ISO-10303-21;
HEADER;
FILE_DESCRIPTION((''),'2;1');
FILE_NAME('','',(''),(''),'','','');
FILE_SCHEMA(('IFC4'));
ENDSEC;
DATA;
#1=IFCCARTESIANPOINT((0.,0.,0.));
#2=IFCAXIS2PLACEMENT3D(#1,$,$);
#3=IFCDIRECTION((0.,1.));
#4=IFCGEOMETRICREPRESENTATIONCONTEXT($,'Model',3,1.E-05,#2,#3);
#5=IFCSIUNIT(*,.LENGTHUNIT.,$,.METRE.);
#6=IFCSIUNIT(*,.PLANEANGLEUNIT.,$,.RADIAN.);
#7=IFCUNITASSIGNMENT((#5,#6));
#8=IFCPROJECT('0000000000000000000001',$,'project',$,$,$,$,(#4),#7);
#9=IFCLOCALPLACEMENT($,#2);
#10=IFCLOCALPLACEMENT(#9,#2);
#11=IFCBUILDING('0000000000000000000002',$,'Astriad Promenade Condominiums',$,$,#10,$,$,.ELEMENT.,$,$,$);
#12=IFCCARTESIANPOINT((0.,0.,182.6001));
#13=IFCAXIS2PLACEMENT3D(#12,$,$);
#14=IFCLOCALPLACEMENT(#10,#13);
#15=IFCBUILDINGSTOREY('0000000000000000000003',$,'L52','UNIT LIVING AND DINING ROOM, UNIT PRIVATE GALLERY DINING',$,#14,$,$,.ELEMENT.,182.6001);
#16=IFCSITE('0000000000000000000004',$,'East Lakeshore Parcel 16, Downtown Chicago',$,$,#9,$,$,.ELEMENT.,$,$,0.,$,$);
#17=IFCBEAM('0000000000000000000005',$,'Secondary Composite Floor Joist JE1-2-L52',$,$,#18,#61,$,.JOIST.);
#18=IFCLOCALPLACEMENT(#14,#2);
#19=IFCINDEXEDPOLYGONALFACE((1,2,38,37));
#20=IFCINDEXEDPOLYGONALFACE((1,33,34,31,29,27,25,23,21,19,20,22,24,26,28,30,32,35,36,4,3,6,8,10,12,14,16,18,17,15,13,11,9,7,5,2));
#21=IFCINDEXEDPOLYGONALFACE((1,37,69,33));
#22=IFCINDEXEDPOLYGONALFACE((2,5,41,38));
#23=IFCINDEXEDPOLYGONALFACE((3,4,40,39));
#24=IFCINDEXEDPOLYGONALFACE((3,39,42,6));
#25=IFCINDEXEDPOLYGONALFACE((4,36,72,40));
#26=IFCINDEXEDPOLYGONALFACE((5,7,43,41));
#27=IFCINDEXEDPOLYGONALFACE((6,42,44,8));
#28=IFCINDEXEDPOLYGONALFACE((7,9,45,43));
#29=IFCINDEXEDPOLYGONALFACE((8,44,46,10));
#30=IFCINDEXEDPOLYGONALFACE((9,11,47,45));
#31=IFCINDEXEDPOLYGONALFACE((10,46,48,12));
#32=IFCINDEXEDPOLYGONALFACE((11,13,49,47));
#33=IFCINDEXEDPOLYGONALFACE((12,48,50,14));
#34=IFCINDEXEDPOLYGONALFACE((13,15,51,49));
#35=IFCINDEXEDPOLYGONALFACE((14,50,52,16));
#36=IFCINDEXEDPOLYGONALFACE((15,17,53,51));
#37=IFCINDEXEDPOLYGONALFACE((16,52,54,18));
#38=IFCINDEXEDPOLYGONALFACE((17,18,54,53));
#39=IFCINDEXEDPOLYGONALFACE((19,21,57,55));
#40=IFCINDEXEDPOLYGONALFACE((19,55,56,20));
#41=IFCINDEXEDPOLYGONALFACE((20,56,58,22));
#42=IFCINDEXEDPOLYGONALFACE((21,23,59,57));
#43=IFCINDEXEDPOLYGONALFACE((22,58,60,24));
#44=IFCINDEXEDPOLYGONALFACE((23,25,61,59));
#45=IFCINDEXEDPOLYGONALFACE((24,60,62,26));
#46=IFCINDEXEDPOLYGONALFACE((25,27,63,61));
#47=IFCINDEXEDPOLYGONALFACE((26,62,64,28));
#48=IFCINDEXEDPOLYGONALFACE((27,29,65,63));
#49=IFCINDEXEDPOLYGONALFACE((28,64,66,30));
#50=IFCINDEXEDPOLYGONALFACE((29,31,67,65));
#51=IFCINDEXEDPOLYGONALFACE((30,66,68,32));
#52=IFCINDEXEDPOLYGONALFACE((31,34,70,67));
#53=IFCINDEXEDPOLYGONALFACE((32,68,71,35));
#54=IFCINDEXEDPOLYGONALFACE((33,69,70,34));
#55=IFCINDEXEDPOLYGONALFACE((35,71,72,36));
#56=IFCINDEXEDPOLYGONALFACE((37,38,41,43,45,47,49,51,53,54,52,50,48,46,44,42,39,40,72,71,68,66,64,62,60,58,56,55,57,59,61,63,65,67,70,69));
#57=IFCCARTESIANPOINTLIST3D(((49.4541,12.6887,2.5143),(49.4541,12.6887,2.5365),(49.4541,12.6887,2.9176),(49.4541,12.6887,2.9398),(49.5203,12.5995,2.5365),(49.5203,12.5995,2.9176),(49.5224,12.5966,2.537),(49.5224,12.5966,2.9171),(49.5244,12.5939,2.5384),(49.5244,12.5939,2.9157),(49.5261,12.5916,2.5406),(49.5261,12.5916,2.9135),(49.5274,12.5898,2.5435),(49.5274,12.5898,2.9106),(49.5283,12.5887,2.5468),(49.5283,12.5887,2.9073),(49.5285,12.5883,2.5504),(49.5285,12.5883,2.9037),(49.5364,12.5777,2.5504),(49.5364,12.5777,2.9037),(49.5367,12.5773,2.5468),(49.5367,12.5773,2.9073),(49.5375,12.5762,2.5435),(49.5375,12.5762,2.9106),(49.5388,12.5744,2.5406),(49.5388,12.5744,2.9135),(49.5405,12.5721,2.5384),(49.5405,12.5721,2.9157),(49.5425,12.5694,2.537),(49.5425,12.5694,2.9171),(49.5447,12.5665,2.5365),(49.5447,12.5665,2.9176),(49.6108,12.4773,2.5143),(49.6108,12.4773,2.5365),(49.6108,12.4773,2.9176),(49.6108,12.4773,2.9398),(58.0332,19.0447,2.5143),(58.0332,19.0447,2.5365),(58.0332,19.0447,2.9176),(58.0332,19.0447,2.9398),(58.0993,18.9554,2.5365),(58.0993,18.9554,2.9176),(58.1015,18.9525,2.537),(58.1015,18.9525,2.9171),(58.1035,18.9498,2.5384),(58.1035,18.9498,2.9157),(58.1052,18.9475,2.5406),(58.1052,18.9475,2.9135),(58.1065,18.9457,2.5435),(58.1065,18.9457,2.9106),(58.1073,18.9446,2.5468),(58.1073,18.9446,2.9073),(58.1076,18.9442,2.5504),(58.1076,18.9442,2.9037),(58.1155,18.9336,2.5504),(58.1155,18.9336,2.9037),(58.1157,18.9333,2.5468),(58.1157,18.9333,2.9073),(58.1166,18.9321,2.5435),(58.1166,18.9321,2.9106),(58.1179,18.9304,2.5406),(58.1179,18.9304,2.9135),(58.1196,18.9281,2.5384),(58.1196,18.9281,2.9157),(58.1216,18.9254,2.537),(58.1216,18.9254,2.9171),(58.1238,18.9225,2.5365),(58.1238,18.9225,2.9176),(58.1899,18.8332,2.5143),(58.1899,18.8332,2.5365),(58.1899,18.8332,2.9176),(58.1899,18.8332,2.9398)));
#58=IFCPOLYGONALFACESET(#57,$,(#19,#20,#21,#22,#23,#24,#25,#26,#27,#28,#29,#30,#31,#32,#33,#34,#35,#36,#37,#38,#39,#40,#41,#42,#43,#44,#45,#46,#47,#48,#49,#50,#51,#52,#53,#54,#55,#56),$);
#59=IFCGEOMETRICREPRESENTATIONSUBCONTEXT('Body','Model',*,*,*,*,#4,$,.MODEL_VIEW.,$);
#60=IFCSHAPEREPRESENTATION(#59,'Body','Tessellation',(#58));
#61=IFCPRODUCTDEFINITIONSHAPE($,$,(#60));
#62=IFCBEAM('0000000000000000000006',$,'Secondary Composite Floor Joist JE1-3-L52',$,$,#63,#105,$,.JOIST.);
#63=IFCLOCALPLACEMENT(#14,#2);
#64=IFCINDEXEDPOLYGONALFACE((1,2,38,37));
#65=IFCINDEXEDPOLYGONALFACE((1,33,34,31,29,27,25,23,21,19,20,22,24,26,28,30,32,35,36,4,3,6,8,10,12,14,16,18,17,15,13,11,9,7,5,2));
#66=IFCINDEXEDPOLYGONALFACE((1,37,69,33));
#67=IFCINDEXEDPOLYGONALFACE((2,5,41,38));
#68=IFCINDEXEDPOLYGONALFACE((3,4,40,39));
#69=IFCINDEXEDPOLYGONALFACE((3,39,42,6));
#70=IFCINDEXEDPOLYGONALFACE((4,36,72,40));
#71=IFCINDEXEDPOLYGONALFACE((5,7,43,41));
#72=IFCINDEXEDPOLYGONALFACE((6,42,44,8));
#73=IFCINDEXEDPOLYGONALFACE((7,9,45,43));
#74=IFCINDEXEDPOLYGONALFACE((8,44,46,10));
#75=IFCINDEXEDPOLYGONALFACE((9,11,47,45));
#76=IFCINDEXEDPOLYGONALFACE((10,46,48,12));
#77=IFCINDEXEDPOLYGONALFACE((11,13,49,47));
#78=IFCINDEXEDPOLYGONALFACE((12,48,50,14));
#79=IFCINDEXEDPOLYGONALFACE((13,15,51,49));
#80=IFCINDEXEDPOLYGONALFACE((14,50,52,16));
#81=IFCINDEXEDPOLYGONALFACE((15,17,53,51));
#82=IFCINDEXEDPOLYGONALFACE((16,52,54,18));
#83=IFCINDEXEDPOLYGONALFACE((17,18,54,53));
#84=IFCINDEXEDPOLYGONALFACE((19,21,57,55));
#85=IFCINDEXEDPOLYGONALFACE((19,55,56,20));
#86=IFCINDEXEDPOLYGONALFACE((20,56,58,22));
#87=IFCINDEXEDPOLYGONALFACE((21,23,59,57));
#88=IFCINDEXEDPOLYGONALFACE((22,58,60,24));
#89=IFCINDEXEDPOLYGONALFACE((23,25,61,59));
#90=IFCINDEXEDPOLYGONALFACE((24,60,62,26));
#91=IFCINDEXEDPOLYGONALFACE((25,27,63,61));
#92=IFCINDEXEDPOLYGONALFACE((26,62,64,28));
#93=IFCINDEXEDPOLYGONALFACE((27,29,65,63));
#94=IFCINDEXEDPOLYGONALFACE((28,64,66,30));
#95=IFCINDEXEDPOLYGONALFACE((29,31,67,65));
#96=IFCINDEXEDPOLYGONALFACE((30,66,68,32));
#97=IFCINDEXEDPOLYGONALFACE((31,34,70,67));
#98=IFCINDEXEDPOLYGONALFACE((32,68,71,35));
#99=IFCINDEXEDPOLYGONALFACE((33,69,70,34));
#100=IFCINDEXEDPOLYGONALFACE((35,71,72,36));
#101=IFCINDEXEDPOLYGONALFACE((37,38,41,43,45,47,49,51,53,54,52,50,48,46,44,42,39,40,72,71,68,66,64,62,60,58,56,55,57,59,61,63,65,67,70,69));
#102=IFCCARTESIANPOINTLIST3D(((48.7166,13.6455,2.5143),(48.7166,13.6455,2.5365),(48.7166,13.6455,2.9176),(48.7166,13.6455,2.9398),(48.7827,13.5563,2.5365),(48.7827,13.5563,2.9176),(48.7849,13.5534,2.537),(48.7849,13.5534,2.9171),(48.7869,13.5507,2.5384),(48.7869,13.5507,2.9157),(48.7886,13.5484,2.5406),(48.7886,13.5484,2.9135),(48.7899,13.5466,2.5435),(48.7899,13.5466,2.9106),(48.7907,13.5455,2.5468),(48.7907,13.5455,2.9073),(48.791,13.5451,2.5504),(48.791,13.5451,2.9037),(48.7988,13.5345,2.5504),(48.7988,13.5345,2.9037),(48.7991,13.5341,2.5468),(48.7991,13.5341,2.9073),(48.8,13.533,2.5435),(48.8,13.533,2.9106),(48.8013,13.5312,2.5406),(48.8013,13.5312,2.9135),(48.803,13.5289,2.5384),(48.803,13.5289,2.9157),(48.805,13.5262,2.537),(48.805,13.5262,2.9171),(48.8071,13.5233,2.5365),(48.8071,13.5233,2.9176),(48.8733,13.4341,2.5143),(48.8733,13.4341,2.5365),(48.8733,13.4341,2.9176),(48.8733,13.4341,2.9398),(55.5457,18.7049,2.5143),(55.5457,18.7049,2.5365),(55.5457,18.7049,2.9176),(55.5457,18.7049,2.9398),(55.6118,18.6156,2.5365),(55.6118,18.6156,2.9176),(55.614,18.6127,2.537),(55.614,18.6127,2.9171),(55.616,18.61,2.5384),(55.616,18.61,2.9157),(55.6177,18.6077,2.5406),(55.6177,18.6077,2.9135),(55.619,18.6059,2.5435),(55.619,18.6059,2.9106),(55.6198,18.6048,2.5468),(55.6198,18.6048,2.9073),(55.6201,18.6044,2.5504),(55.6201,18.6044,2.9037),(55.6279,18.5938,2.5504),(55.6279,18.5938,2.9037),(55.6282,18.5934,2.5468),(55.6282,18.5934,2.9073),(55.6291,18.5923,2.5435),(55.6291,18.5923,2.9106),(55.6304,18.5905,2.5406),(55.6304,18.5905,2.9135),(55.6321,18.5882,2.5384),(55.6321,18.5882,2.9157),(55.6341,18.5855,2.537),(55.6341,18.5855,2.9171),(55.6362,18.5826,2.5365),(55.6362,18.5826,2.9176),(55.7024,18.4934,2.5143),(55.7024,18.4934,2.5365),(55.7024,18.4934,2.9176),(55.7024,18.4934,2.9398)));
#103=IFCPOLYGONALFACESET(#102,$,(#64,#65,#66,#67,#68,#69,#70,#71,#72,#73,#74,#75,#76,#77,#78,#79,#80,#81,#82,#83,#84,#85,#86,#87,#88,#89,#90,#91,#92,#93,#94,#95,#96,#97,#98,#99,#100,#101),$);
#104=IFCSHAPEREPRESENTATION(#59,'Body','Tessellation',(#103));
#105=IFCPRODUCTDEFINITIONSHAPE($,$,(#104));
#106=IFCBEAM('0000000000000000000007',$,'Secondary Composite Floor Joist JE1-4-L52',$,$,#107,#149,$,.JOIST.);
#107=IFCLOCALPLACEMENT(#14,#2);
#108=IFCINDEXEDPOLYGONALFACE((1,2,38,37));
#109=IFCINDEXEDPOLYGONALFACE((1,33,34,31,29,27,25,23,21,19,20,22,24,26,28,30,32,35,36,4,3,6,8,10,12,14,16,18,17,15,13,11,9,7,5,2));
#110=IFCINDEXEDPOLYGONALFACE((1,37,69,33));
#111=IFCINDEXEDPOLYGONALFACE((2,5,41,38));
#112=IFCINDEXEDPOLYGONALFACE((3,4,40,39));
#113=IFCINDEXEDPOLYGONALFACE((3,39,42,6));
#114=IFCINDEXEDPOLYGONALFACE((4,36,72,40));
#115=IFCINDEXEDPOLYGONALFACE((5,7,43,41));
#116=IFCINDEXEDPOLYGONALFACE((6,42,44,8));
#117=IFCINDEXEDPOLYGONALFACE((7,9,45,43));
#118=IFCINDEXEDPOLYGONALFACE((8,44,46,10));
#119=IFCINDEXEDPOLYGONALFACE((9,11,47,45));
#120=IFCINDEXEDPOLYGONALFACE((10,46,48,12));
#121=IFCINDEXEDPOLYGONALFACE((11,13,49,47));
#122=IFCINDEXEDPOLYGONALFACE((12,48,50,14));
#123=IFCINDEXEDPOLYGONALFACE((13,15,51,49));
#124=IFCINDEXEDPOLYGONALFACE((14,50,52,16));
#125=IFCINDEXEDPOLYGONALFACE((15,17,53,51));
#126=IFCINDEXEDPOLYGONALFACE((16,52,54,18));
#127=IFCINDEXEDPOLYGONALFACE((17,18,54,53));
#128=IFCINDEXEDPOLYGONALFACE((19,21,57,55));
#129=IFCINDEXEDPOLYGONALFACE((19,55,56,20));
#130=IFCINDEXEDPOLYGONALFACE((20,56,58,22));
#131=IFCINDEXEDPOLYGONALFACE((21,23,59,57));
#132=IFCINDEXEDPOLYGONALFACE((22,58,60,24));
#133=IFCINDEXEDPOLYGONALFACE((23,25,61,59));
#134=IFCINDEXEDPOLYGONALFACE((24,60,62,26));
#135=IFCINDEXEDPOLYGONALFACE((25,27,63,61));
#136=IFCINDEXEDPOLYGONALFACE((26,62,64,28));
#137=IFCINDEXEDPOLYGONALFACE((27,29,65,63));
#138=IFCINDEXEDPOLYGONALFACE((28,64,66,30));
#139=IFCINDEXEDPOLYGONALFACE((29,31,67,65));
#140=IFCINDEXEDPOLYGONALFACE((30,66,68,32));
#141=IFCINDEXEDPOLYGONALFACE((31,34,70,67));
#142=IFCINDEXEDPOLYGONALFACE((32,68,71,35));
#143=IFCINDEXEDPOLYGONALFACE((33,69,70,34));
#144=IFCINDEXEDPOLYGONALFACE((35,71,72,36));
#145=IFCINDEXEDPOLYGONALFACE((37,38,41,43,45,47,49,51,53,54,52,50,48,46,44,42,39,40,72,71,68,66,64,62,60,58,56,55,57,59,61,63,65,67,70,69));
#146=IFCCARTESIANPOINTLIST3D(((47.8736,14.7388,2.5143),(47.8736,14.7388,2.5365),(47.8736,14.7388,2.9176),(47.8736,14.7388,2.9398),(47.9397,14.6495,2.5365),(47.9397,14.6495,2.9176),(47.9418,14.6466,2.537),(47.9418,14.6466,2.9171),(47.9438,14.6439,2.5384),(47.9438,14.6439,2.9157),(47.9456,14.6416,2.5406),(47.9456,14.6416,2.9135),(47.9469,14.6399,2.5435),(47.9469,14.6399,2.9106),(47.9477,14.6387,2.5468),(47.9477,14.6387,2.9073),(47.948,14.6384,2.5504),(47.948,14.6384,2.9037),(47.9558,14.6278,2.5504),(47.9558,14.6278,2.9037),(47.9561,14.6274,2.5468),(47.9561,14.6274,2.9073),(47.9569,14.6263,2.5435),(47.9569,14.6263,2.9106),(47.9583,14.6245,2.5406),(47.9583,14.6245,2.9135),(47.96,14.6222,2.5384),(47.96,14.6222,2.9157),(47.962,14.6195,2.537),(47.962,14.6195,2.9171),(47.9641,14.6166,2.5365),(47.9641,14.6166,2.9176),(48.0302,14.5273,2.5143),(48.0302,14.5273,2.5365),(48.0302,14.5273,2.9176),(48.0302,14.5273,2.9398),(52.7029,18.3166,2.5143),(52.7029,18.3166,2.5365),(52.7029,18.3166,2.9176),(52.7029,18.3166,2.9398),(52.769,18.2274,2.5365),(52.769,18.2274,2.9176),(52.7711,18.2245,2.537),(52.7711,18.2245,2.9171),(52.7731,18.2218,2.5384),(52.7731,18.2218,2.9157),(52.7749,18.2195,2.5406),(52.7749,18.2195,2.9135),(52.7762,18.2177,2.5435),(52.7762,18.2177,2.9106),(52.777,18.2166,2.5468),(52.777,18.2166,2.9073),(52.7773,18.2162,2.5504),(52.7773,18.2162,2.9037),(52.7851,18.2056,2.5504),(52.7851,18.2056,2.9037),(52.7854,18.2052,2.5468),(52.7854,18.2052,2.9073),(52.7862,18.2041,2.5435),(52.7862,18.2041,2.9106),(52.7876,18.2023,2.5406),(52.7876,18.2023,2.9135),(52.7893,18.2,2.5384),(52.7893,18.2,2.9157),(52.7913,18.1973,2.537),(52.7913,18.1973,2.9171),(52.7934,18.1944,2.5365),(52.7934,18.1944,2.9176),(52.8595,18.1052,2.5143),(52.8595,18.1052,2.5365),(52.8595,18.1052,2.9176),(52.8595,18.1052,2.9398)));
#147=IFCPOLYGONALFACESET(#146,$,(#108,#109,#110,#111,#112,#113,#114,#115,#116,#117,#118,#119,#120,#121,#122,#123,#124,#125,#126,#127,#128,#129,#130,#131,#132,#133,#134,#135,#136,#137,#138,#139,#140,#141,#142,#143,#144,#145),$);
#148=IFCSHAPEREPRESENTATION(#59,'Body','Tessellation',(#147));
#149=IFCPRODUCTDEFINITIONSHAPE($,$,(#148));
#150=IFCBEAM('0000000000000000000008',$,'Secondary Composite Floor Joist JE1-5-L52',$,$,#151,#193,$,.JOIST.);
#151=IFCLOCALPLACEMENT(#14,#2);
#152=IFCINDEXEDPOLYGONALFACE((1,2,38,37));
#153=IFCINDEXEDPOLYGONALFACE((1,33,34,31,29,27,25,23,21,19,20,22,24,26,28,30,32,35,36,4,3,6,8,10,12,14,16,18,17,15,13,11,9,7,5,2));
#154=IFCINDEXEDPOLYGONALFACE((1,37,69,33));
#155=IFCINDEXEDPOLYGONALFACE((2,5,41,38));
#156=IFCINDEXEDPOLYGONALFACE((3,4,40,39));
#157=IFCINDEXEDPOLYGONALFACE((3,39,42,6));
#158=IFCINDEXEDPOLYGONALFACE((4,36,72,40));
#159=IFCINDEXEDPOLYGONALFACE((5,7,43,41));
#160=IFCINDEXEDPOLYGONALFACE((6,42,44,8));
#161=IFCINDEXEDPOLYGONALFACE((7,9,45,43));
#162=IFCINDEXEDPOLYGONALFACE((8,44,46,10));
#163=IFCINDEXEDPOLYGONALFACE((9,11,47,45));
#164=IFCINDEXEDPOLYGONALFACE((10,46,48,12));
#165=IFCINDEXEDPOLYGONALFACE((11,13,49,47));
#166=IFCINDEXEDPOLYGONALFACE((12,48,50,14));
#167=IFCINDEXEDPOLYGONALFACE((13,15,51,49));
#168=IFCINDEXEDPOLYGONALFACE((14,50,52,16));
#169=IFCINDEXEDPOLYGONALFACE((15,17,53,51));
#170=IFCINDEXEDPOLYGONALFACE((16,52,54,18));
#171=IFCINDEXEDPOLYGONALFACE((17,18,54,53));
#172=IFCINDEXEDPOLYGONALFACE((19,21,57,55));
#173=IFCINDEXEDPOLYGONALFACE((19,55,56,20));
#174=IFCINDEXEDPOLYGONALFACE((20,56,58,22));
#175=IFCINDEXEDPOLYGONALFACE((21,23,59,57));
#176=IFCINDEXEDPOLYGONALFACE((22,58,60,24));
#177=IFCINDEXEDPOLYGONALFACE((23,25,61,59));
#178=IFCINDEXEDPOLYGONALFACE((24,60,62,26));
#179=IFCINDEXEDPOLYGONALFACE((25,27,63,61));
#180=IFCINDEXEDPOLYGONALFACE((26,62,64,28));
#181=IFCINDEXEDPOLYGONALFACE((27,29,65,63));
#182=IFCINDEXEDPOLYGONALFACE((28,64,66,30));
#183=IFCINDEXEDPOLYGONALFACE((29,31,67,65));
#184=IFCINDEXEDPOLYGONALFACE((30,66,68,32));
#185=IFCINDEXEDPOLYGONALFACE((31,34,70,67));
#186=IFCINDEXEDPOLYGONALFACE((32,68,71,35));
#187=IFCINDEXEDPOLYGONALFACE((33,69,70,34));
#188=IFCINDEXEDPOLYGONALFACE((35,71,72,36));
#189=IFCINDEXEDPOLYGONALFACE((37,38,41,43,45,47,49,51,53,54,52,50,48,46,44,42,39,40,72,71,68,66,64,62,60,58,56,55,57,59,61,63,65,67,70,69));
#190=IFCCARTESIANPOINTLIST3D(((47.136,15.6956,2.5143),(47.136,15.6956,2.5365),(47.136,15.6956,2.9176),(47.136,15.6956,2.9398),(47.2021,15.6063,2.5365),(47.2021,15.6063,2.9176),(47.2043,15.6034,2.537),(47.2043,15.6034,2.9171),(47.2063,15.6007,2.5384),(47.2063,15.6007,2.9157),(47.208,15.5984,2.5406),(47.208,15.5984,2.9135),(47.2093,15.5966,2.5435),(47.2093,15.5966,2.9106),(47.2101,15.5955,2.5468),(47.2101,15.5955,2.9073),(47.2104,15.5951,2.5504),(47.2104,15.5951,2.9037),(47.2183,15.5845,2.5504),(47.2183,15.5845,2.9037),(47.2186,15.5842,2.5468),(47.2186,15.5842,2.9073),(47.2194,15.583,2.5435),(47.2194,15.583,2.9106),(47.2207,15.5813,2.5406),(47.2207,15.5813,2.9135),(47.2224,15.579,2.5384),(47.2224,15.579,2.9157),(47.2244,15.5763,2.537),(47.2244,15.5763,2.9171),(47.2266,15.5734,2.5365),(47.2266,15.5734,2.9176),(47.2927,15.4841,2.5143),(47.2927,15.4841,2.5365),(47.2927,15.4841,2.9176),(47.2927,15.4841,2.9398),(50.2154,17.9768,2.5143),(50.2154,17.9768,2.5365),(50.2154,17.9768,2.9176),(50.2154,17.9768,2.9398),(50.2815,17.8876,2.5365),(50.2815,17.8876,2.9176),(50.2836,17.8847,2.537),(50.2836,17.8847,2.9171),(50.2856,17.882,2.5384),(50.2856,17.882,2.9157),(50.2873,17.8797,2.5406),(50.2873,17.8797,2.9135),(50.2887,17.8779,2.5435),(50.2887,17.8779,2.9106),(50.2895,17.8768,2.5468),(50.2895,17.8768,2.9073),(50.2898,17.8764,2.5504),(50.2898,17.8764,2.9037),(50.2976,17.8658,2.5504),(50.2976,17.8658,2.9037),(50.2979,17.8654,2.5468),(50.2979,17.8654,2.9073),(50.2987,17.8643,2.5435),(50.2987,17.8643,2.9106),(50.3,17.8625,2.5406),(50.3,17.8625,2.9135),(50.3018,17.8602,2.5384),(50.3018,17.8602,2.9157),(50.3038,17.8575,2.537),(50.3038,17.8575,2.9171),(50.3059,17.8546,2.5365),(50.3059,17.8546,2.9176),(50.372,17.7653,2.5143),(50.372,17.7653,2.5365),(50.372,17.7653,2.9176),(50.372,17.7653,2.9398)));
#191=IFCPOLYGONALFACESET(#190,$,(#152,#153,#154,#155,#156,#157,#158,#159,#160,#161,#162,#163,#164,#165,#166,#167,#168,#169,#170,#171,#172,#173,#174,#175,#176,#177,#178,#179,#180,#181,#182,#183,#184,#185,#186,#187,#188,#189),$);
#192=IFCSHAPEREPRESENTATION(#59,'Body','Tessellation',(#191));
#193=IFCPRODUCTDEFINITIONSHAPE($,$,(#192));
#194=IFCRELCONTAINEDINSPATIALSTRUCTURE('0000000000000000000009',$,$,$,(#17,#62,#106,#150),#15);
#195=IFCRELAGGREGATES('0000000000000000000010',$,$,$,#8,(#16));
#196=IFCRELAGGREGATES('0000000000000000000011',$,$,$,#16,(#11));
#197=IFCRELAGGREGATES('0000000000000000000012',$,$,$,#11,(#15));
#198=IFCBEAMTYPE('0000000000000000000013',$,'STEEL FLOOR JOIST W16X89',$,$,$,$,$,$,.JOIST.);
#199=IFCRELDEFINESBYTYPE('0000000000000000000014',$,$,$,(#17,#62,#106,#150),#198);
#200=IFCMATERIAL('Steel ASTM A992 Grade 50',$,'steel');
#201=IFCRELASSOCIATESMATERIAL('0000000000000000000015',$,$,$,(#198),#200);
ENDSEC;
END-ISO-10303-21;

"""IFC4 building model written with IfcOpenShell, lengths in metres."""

from ifc_helpers import new_model, si_unit, direction, frame, origin, origin_2d, place, context, subcontext, project, spatial, i_section, extrude, source, transform, mapped, material, material_profile, profile_set, type_object, element, save


model = new_model("IFC4")

# Units and contexts
model_context = context("Model", 3, precision=1e-05, world=origin(), true_north=direction((0.0, 1.0)))
body_context = subcontext(model_context, "Body", "Model", "MODEL_VIEW")
ifc_project = project(units=[si_unit("LENGTHUNIT", "METRE"), si_unit("PLANEANGLEUNIT", "RADIAN")], contexts=[model_context])

# Site, building, storey
site_placement = place(None, origin())
site = spatial("IfcSite", under=ifc_project, at=site_placement, Name="East Lakeshore Parcel 16, Downtown Chicago", CompositionType="ELEMENT", RefElevation=0.0)
building_placement = place(site_placement, origin())
building = spatial("IfcBuilding", under=site, at=building_placement, Name="Astriad Promenade Condominiums", CompositionType="ELEMENT")
storey_placement = place(building_placement, frame((0.0, 0.0, 182.6001)))
storey = spatial("IfcBuildingStorey", under=building, at=storey_placement, Name="L52", Description="UNIT LIVING AND DINING ROOM, UNIT PRIVATE GALLERY DINING", CompositionType="ELEMENT", Elevation=182.6001)

# Beams
ifc_material_1 = material(Name="Steel ASTM A992 Grade 50", Category="steel")
ifc_material_profile_1 = material_profile(ifc_material_1, i_section(OverallWidth=0.2632, OverallDepth=0.4255, WebThickness=0.0132, FlangeThickness=0.0222, FilletRadius=0.0139, at=origin_2d()), Name="W16X89")
ifc_profile_set_1 = profile_set([ifc_material_profile_1], Name="Steel ASTM A992 Grade 50")
beam_type_1 = type_object("IfcBeamType", Name="STEEL FLOOR JOIST W16X89", PredefinedType="JOIST", material=ifc_profile_set_1)
shared_shape_1 = source(origin(), body_context, "Body", "SweptSolid", [
    extrude(i_section(OverallWidth=0.2632, OverallDepth=0.4255, WebThickness=0.0132, FlangeThickness=0.0222, FilletRadius=0.0139, at=origin_2d()), origin(), (0.0, 0.0, 1.0), 10.677),
])
beam_1_placement = place(storey_placement, frame((49.5325, 12.583, 2.7271), z_axis=(0.803509, 0.595292, 0.0), x_axis=(-0.595292, 0.803509, 0.0)))
element("IfcBeam", 1, at=beam_1_placement, inside=storey, type_object=beam_type_1, Name="Secondary Composite Floor Joist JE1-2-L52", PredefinedType="JOIST", context=body_context, shape_type="MappedRepresentation", body=[
    mapped(shared_shape_1, transform((0.0, 0.0, 0.0), scale=1.0)),
])
shared_shape_2 = source(origin(), body_context, "Body", "SweptSolid", [
    extrude(i_section(OverallWidth=0.2632, OverallDepth=0.4255, WebThickness=0.0132, FlangeThickness=0.0222, FilletRadius=0.0139, at=origin_2d()), origin(), (0.0, 0.0, 1.0), 8.499),
])
beam_2_placement = place(storey_placement, frame((48.7949, 13.5398, 2.7271), z_axis=(0.803516, 0.595283, 0.0), x_axis=(-0.595283, 0.803516, 0.0)))
element("IfcBeam", 2, at=beam_2_placement, inside=storey, type_object=beam_type_1, Name="Secondary Composite Floor Joist JE1-3-L52", PredefinedType="JOIST", context=body_context, shape_type="MappedRepresentation", body=[
    mapped(shared_shape_2, transform((0.0, 0.0, 0.0), scale=1.0)),
])
shared_shape_3 = source(origin(), body_context, "Body", "SweptSolid", [
    extrude(i_section(OverallWidth=0.2632, OverallDepth=0.4255, WebThickness=0.0132, FlangeThickness=0.0222, FilletRadius=0.0139, at=origin_2d()), origin(), (0.0, 0.0, 1.0), 6.0103),
])
beam_3_placement = place(storey_placement, frame((47.9519, 14.6331, 2.7271), z_axis=(0.80351, 0.595291, 0.0), x_axis=(-0.595291, 0.80351, 0.0)))
element("IfcBeam", 3, at=beam_3_placement, inside=storey, type_object=beam_type_1, Name="Secondary Composite Floor Joist JE1-4-L52", PredefinedType="JOIST", context=body_context, shape_type="MappedRepresentation", body=[
    mapped(shared_shape_3, transform((0.0, 0.0, 0.0), scale=1.0)),
])
shared_shape_4 = source(origin(), body_context, "Body", "SweptSolid", [
    extrude(i_section(OverallWidth=0.2632, OverallDepth=0.4255, WebThickness=0.0132, FlangeThickness=0.0222, FilletRadius=0.0139, at=origin_2d()), origin(), (0.0, 0.0, 1.0), 3.8323),
])
beam_4_placement = place(storey_placement, frame((47.2144, 15.5898, 2.7271), z_axis=(0.803526, 0.59527, 0.0), x_axis=(-0.59527, 0.803526, 0.0)))
element("IfcBeam", 4, at=beam_4_placement, inside=storey, type_object=beam_type_1, Name="Secondary Composite Floor Joist JE1-5-L52", PredefinedType="JOIST", context=body_context, shape_type="MappedRepresentation", body=[
    mapped(shared_shape_4, transform((0.0, 0.0, 0.0), scale=1.0)),
])

save(model, "model.ifc")
